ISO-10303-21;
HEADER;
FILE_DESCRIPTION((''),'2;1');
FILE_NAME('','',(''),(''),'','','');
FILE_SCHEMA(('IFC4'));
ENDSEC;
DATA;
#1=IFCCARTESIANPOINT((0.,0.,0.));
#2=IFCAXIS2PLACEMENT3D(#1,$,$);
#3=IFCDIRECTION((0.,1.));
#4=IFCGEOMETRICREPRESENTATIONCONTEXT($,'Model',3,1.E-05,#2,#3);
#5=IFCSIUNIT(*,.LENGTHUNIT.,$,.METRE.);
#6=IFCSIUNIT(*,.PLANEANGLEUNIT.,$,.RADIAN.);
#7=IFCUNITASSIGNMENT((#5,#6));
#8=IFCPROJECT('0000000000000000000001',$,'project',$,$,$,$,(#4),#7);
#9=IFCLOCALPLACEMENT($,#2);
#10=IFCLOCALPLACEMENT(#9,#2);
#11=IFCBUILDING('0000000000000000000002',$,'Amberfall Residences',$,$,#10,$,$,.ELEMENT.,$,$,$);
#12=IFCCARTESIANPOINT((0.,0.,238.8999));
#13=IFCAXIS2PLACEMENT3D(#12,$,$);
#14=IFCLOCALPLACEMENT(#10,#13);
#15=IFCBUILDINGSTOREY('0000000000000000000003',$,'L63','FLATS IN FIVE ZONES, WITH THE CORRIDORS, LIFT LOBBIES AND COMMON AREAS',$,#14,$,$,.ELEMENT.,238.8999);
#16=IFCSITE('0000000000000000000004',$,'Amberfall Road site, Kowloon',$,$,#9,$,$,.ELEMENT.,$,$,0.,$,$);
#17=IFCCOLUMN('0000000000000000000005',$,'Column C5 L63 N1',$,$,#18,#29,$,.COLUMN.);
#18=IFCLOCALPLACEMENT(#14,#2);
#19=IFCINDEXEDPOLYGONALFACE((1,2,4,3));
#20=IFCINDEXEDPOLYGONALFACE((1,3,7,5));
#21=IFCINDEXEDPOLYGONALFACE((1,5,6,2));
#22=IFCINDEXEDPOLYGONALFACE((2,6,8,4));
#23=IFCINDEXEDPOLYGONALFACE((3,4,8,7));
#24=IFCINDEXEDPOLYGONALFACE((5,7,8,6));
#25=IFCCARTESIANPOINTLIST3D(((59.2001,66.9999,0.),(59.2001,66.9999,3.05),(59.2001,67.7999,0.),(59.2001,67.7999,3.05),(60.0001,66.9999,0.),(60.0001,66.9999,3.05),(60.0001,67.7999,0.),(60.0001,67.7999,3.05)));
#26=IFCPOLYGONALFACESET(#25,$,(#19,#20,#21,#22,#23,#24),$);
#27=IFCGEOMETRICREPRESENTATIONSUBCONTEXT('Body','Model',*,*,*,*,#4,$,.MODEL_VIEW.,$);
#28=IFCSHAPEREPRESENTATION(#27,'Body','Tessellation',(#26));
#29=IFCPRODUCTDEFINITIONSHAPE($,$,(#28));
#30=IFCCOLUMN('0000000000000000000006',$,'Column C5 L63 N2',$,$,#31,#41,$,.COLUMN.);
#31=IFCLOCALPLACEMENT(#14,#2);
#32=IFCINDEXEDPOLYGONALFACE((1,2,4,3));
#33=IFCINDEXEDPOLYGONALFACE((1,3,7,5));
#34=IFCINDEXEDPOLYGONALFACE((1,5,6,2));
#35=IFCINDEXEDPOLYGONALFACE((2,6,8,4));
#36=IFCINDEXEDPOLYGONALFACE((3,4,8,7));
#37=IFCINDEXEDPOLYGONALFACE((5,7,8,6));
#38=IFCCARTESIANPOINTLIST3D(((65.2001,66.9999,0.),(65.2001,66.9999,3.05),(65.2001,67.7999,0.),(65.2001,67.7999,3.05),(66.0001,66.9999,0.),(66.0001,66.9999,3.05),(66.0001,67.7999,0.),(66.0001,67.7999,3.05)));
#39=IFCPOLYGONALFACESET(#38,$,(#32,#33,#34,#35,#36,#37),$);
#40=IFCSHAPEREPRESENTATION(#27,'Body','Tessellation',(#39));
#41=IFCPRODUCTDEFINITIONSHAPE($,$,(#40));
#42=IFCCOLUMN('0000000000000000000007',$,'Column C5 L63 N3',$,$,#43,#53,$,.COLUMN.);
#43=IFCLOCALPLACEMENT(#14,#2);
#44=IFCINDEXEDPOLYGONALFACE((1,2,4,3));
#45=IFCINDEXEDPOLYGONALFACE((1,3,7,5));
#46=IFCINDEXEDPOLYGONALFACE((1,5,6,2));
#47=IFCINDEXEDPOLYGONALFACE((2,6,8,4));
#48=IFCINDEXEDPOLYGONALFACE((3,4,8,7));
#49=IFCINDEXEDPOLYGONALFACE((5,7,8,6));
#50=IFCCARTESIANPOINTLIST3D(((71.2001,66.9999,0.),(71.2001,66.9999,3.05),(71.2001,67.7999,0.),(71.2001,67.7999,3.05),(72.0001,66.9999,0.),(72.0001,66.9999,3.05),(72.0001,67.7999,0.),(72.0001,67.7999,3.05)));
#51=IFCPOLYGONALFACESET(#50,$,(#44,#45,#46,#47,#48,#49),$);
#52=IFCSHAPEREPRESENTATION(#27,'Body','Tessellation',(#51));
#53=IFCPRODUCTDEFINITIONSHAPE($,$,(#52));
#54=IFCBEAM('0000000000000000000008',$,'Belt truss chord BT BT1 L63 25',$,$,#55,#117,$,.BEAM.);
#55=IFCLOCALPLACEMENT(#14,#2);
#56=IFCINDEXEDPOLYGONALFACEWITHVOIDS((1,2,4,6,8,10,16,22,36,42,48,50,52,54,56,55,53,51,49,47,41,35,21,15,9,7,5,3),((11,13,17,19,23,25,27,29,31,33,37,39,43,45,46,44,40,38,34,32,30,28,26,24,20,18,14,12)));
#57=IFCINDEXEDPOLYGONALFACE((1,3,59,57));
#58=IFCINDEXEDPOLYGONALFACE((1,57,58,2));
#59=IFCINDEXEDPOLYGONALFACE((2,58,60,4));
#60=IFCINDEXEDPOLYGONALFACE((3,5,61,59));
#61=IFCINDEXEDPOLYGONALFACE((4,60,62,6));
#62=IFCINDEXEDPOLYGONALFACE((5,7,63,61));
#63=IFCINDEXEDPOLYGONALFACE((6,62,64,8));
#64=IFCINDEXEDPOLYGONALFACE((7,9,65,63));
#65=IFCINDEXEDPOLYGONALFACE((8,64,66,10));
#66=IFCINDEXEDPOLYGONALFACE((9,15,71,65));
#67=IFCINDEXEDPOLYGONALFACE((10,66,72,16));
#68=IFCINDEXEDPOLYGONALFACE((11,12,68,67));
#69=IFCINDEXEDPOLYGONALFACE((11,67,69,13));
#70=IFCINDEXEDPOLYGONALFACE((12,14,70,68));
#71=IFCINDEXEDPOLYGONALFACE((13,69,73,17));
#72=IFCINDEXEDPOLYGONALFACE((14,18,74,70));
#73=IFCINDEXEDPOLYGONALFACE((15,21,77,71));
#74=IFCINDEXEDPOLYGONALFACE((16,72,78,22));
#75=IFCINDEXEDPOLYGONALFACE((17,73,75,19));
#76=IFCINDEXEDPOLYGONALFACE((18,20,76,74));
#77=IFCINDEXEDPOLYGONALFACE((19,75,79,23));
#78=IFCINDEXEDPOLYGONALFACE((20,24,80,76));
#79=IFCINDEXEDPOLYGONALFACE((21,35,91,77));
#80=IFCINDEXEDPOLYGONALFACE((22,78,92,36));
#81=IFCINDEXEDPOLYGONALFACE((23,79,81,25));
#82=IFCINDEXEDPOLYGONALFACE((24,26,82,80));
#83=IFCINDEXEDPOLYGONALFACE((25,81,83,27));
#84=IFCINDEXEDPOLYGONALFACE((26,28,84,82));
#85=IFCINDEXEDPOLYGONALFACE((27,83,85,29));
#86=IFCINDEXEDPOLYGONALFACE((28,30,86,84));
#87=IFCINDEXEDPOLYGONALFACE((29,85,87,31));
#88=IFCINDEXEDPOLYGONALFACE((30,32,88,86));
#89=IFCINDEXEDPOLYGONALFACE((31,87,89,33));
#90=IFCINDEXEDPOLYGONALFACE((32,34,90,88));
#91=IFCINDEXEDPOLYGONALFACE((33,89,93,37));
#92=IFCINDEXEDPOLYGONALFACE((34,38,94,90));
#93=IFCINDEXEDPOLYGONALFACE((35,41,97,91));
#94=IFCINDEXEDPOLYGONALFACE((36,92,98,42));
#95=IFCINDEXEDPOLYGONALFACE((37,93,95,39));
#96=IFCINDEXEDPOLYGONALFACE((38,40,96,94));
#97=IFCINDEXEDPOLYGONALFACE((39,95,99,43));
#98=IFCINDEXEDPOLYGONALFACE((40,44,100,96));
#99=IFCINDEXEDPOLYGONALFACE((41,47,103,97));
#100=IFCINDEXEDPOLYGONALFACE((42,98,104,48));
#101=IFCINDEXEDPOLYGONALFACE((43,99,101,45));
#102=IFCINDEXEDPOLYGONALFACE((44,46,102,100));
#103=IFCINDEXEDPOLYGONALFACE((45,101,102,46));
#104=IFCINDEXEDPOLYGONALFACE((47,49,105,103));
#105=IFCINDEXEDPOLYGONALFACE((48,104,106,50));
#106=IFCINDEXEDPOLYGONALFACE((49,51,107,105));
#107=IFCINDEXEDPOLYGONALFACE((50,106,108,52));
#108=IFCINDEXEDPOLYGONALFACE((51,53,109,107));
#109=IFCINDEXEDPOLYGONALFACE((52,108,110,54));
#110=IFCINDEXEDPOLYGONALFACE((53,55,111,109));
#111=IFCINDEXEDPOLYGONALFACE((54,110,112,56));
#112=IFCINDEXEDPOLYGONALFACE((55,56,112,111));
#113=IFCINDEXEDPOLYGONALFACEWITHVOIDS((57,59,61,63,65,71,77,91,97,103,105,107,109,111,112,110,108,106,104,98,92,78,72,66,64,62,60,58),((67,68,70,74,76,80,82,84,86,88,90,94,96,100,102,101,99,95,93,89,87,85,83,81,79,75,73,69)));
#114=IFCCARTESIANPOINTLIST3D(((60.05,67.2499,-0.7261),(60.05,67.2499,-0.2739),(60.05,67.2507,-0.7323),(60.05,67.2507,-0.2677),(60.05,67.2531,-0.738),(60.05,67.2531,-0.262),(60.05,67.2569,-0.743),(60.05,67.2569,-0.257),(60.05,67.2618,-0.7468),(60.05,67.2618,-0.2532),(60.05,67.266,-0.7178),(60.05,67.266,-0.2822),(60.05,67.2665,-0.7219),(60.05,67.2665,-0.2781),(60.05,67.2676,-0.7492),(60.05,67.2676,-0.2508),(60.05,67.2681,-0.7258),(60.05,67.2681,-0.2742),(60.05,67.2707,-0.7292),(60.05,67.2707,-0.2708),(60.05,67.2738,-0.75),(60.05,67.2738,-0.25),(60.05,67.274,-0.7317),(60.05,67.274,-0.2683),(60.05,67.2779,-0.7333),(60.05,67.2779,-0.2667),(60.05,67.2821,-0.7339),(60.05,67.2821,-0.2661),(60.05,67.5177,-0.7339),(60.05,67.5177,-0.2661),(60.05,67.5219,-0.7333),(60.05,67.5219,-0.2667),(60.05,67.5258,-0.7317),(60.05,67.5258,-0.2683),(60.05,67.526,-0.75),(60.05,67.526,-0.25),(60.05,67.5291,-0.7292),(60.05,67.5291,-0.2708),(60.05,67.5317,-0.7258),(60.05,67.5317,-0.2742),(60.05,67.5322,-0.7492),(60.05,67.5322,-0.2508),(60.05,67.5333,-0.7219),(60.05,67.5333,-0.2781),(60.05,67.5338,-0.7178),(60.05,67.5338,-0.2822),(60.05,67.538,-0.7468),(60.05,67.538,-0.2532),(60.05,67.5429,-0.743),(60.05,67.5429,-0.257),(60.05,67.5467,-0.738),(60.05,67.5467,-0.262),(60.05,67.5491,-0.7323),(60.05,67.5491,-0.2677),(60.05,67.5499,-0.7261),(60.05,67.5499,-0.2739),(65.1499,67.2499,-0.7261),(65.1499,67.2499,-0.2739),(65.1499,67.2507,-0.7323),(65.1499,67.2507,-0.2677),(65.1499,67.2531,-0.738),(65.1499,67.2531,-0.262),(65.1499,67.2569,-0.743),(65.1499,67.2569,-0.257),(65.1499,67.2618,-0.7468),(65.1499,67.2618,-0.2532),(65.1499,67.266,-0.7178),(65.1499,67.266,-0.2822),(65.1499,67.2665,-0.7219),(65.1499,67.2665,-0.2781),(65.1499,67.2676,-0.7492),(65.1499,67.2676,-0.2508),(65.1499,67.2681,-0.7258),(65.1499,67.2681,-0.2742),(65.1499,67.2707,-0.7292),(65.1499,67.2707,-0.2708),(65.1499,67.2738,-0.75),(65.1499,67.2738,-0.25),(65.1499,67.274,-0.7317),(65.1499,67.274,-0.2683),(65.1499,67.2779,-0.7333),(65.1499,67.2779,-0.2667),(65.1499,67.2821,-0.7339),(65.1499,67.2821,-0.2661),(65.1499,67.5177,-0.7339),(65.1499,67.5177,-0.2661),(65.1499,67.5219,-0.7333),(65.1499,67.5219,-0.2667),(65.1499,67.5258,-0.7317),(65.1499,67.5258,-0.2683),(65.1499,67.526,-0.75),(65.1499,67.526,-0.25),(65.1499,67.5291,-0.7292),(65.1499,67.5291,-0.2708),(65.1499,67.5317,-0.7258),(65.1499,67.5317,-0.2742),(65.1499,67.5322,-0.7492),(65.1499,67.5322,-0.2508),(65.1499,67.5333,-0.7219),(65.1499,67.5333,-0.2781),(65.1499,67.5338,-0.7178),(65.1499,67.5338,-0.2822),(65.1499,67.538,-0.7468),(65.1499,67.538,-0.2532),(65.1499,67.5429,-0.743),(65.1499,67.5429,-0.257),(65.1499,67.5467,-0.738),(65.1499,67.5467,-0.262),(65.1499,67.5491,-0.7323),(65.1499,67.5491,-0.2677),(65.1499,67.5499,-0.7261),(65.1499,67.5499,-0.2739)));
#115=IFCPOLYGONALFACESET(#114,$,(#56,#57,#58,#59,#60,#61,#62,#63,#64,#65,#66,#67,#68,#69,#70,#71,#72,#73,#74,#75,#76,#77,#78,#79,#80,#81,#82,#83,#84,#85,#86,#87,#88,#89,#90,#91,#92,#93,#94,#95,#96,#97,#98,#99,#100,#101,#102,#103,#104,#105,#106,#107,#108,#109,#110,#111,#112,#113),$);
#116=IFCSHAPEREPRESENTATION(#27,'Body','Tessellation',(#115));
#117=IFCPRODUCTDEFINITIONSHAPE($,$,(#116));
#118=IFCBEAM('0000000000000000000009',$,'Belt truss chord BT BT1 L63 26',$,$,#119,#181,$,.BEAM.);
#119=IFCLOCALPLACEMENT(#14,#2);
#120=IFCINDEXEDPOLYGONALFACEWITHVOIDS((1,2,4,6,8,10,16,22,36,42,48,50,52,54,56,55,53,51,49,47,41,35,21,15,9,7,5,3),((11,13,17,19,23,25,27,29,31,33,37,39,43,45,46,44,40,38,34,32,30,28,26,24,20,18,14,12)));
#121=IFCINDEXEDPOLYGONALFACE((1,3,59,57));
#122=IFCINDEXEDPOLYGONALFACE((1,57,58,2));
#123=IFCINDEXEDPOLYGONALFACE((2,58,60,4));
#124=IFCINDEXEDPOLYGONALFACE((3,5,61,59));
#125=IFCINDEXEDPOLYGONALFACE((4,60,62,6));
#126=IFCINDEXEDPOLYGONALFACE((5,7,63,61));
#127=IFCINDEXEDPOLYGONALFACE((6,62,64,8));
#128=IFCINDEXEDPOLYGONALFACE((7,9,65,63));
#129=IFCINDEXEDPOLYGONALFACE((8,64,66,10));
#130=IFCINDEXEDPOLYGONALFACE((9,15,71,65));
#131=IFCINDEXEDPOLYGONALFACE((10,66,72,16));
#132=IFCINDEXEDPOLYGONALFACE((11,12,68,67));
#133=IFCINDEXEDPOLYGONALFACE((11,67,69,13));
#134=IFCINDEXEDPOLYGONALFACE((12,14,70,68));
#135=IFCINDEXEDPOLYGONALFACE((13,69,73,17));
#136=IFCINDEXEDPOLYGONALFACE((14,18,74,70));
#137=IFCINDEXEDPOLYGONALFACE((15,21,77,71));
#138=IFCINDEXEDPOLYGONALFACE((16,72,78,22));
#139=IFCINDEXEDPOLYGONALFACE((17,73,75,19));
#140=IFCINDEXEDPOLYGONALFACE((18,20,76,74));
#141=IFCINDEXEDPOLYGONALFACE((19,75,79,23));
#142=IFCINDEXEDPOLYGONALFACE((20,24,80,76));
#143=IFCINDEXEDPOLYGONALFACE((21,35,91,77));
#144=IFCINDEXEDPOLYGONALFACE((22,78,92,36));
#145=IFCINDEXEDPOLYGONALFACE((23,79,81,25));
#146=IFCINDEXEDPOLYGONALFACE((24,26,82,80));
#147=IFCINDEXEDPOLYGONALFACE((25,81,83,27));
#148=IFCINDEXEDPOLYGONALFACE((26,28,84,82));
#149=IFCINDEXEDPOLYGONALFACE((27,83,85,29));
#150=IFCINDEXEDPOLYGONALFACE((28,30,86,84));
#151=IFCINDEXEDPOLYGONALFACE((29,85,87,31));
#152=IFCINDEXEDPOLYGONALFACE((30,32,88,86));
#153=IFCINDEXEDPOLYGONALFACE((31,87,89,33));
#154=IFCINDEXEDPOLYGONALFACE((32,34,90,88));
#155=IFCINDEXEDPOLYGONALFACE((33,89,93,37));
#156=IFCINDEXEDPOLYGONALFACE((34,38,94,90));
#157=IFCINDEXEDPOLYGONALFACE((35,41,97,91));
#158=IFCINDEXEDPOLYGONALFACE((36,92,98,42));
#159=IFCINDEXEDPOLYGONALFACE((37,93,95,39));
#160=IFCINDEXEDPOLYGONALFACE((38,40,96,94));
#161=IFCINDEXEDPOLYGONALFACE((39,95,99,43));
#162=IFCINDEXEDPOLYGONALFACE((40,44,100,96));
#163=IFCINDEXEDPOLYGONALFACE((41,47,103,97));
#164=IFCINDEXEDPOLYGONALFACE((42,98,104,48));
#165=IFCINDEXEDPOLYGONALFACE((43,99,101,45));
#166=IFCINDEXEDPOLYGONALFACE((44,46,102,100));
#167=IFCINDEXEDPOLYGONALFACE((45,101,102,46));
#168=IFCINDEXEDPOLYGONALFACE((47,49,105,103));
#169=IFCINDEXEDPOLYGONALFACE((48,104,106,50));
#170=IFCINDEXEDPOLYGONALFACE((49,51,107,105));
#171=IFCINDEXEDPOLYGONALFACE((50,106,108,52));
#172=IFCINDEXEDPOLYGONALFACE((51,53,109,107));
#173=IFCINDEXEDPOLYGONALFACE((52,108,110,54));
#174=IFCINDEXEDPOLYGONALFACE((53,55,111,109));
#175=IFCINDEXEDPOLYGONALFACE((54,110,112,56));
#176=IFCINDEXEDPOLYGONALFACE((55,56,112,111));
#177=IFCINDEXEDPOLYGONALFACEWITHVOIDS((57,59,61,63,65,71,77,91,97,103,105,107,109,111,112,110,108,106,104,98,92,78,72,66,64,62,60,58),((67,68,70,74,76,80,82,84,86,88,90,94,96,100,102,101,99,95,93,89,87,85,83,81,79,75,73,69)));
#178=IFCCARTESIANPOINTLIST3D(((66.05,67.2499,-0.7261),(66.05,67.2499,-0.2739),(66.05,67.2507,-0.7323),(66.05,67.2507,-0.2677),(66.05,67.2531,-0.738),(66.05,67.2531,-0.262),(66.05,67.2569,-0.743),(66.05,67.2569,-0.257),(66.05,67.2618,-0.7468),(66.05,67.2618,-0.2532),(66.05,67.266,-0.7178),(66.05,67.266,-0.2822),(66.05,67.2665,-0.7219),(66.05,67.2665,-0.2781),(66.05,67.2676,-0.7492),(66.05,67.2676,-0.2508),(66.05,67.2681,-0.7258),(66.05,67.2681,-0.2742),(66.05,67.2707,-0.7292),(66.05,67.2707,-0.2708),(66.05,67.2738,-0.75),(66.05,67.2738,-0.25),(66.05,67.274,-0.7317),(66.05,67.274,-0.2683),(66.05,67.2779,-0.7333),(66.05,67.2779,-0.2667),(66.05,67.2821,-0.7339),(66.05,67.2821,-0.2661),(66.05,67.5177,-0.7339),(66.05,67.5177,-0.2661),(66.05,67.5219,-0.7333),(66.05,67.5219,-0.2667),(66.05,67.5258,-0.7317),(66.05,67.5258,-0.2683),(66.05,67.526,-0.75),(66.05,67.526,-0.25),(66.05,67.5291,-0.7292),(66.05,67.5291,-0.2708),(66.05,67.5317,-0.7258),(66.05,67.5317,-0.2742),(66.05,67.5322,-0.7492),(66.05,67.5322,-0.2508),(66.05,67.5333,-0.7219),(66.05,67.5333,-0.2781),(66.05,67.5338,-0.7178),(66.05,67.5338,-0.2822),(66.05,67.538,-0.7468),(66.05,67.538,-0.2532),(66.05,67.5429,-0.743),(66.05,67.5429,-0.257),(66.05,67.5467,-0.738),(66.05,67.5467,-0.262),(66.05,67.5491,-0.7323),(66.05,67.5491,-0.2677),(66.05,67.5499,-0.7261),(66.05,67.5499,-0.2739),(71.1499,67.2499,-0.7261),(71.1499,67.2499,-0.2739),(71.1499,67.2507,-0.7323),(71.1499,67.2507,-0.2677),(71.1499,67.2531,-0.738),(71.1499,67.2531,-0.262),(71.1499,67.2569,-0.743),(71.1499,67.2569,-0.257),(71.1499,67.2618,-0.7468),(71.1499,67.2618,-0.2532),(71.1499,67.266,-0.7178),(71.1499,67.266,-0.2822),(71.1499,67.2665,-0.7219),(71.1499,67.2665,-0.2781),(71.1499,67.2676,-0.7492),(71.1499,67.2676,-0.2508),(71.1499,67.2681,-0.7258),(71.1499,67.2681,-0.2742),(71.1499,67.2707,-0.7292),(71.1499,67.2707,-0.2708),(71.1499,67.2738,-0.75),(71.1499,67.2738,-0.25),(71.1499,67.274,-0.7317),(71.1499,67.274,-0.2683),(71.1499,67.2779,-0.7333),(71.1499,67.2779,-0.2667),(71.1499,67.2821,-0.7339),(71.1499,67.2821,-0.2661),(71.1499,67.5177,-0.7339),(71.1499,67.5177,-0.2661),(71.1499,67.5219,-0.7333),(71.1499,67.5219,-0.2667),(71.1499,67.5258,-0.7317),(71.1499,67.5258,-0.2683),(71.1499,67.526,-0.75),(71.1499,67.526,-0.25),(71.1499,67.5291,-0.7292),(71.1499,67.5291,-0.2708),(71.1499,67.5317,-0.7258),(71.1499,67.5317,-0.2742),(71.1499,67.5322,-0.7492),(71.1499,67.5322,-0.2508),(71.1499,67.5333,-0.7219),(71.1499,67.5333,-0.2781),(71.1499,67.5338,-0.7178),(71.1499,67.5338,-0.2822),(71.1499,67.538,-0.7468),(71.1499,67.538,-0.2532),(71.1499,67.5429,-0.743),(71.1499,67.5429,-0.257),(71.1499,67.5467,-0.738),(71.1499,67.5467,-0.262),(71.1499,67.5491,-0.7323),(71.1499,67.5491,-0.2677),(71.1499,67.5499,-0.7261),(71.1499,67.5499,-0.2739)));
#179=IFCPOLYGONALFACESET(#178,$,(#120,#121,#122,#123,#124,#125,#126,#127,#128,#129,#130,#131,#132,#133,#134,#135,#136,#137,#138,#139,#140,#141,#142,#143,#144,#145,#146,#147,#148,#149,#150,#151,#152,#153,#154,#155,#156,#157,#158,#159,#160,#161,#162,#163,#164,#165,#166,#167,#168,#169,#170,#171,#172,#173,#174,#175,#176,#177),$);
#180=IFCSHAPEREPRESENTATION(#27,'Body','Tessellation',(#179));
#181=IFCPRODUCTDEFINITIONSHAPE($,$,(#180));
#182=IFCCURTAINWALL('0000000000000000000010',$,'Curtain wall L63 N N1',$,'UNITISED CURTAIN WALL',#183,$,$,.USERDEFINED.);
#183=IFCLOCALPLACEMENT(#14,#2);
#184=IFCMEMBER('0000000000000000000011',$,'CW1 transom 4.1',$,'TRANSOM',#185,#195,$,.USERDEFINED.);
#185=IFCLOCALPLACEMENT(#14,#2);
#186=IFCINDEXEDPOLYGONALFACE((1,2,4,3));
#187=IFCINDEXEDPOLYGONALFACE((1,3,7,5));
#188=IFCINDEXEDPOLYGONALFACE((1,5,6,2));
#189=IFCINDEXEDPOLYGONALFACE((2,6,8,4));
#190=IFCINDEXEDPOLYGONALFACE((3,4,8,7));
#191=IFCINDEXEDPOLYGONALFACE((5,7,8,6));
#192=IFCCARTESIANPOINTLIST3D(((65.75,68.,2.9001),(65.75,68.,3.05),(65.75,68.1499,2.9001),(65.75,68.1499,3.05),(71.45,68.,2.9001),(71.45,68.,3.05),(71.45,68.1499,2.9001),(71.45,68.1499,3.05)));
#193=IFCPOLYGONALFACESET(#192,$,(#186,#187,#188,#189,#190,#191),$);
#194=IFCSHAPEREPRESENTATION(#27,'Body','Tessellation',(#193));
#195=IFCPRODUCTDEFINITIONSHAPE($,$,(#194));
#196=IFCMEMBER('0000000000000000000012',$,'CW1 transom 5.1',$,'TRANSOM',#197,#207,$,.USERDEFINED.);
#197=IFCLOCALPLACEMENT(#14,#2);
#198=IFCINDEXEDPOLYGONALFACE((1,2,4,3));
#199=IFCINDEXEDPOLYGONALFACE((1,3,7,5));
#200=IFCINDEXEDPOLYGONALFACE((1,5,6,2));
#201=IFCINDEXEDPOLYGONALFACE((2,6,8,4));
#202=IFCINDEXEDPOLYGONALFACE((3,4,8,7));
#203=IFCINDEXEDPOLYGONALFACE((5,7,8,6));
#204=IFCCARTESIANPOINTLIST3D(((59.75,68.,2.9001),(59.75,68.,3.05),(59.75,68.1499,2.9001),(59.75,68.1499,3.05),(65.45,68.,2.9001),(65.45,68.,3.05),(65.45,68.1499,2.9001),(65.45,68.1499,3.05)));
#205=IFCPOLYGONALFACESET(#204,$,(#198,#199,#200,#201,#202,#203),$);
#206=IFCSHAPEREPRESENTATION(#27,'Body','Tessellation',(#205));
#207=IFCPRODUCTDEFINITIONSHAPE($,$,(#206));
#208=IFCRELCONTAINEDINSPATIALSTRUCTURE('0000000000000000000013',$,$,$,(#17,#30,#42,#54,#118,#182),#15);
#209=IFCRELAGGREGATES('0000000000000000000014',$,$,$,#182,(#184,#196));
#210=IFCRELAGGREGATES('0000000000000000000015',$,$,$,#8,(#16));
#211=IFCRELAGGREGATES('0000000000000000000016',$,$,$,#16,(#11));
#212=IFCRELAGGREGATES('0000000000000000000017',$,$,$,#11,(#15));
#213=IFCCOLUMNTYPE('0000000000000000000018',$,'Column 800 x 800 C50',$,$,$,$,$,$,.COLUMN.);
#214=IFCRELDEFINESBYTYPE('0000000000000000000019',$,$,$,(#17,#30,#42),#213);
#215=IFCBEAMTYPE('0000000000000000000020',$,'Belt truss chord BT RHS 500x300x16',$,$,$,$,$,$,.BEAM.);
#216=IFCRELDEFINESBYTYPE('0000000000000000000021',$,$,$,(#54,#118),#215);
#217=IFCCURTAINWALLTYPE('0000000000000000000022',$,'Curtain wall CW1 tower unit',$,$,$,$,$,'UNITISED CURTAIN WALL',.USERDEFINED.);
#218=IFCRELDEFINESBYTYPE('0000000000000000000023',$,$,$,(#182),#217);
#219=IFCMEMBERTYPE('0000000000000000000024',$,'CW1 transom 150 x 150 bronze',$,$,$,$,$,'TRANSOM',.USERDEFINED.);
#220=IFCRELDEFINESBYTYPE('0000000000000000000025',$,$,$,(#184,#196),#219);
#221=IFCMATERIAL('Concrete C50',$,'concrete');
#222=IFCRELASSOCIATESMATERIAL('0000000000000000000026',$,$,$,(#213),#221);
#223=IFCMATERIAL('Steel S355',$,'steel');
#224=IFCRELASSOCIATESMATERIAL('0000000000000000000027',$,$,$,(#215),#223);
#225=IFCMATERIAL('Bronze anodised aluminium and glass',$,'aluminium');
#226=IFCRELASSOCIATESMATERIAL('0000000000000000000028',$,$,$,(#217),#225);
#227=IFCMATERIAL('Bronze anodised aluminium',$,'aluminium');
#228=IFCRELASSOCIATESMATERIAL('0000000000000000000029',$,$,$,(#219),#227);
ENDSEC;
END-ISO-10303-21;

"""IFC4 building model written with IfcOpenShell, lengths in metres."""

from ifc_helpers import new_model, si_unit, direction, frame, origin, origin_2d, place, context, subcontext, project, spatial, rectangle, hollow_rectangle, extrude, material, material_profile, profile_set, type_object, element, aggregate, save


model = new_model("IFC4")

# Units and contexts
model_context = context("Model", 3, precision=1e-05, world=origin(), true_north=direction((0.0, 1.0)))
body_context = subcontext(model_context, "Body", "Model", "MODEL_VIEW")
ifc_project = project(units=[si_unit("LENGTHUNIT", "METRE"), si_unit("PLANEANGLEUNIT", "RADIAN")], contexts=[model_context])

# Site, building, storey
site_placement = place(None, origin())
site = spatial("IfcSite", under=ifc_project, at=site_placement, Name="Amberfall Road site, Kowloon", CompositionType="ELEMENT", RefElevation=0.0)
building_placement = place(site_placement, origin())
building = spatial("IfcBuilding", under=site, at=building_placement, Name="Amberfall Residences", CompositionType="ELEMENT")
storey_placement = place(building_placement, frame((0.0, 0.0, 238.8999)))
storey = spatial("IfcBuildingStorey", under=building, at=storey_placement, Name="L63", Description="FLATS IN FIVE ZONES, WITH THE CORRIDORS, LIFT LOBBIES AND COMMON AREAS", CompositionType="ELEMENT", Elevation=238.8999)

# Columns
ifc_material_1 = material(Name="Concrete C50", Category="concrete")
ifc_material_profile_1 = material_profile(ifc_material_1, rectangle(XDim=0.8, YDim=0.8, at=origin_2d()), Name="Column 800 x 800 C50")
ifc_profile_set_1 = profile_set([ifc_material_profile_1], Name="Concrete C50")
column_type = type_object("IfcColumnType", Name="Column 800 x 800 C50", PredefinedType="COLUMN", material=ifc_profile_set_1)
for number, where, z_axis, x_axis, name in (
    (1, (59.6001, 67.3999, 0.0), (0.0, 0.0, 1.0), (1.0, 0.0, 0.0), "Column C5 L63 N1"),
    (2, (65.6001, 67.3999, 0.0), (0.0, 0.0, 1.0), (1.0, 0.0, 0.0), "Column C5 L63 N2"),
    (3, (71.6001, 67.3999, 0.0), (0.0, 0.0, 1.0), (1.0, 0.0, 0.0), "Column C5 L63 N3"),
):
    element("IfcColumn", number, at=place(storey_placement, frame(where, z_axis=z_axis, x_axis=x_axis)), inside=storey, type_object=column_type, Name=name, PredefinedType="COLUMN", context=body_context, shape_type="SweptSolid", body=[
        extrude(rectangle(XDim=0.8, YDim=0.8, at=origin_2d()), origin(), (0.0, 0.0, 1.0), 3.05),
    ])

# Beams
ifc_material_2 = material(Name="Steel S355", Category="steel")
ifc_material_profile_2 = material_profile(ifc_material_2, hollow_rectangle(XDim=0.3, YDim=0.5, WallThickness=0.0161, InnerFilletRadius=0.0161, OuterFilletRadius=0.0239, at=origin_2d()), Name="RHS 500x300x16")
ifc_profile_set_2 = profile_set([ifc_material_profile_2], Name="Steel S355")
beam_type_1 = type_object("IfcBeamType", Name="Belt truss chord BT RHS 500x300x16", PredefinedType="BEAM", material=ifc_profile_set_2)
for number, where, z_axis, x_axis, name in (
    (4, (60.05, 67.3999, -0.5), (1.0, 0.0, 0.0), (0.0, 1.0, 0.0), "Belt truss chord BT BT1 L63 25"),
    (5, (66.05, 67.3999, -0.5), (1.0, 0.0, 0.0), (0.0, 1.0, 0.0), "Belt truss chord BT BT1 L63 26"),
):
    element("IfcBeam", number, at=place(storey_placement, frame(where, z_axis=z_axis, x_axis=x_axis)), inside=storey, type_object=beam_type_1, Name=name, PredefinedType="BEAM", context=body_context, shape_type="SweptSolid", body=[
        extrude(hollow_rectangle(XDim=0.3, YDim=0.5, WallThickness=0.0161, InnerFilletRadius=0.0161, OuterFilletRadius=0.0239, at=origin_2d()), origin(), (0.0, 0.0, 1.0), 5.0999),
    ])

# Curtain wall, members
ifc_material_3 = material(Name="Bronze anodised aluminium and glass", Category="aluminium")
curtain_wall_type = type_object("IfcCurtainWallType", Name="Curtain wall CW1 tower unit", ElementType="UNITISED CURTAIN WALL", PredefinedType="USERDEFINED", material=ifc_material_3)
curtain_wall_placement = place(storey_placement, origin())
curtain_wall = element("IfcCurtainWall", 6, at=curtain_wall_placement, inside=storey, type_object=curtain_wall_type, Name="Curtain wall L63 N N1", ObjectType="UNITISED CURTAIN WALL", PredefinedType="USERDEFINED")
ifc_material_4 = material(Name="Bronze anodised aluminium", Category="aluminium")
ifc_material_profile_3 = material_profile(ifc_material_4, rectangle(XDim=0.1499, YDim=0.1499, at=origin_2d()), Name="CW1 transom 150 x 150 bronze")
ifc_profile_set_3 = profile_set([ifc_material_profile_3], Name="Bronze anodised aluminium")
member_type_1 = type_object("IfcMemberType", Name="CW1 transom 150 x 150 bronze", ElementType="TRANSOM", PredefinedType="USERDEFINED", material=ifc_profile_set_3)
member_1_placement = place(storey_placement, frame((71.45, 68.075, 2.9751), z_axis=(-1.0, 0.0, 0.0), x_axis=(0.0, -1.0, 0.0)))
member_1 = element("IfcMember", 7, at=member_1_placement, type_object=member_type_1, Name="CW1 transom 4.1", ObjectType="TRANSOM", PredefinedType="USERDEFINED", context=body_context, shape_type="SweptSolid", body=[
    extrude(rectangle(XDim=0.1499, YDim=0.1499, at=origin_2d()), origin(), (0.0, 0.0, 1.0), 5.7),
])
member_2_placement = place(storey_placement, frame((65.45, 68.075, 2.9751), z_axis=(-1.0, 0.0, 0.0), x_axis=(0.0, -1.0, 0.0)))
member_2 = element("IfcMember", 8, at=member_2_placement, type_object=member_type_1, Name="CW1 transom 5.1", ObjectType="TRANSOM", PredefinedType="USERDEFINED", context=body_context, shape_type="SweptSolid", body=[
    extrude(rectangle(XDim=0.1499, YDim=0.1499, at=origin_2d()), origin(), (0.0, 0.0, 1.0), 5.7),
])

aggregate(curtain_wall, [member_1, member_2])

save(model, "model.ifc")
